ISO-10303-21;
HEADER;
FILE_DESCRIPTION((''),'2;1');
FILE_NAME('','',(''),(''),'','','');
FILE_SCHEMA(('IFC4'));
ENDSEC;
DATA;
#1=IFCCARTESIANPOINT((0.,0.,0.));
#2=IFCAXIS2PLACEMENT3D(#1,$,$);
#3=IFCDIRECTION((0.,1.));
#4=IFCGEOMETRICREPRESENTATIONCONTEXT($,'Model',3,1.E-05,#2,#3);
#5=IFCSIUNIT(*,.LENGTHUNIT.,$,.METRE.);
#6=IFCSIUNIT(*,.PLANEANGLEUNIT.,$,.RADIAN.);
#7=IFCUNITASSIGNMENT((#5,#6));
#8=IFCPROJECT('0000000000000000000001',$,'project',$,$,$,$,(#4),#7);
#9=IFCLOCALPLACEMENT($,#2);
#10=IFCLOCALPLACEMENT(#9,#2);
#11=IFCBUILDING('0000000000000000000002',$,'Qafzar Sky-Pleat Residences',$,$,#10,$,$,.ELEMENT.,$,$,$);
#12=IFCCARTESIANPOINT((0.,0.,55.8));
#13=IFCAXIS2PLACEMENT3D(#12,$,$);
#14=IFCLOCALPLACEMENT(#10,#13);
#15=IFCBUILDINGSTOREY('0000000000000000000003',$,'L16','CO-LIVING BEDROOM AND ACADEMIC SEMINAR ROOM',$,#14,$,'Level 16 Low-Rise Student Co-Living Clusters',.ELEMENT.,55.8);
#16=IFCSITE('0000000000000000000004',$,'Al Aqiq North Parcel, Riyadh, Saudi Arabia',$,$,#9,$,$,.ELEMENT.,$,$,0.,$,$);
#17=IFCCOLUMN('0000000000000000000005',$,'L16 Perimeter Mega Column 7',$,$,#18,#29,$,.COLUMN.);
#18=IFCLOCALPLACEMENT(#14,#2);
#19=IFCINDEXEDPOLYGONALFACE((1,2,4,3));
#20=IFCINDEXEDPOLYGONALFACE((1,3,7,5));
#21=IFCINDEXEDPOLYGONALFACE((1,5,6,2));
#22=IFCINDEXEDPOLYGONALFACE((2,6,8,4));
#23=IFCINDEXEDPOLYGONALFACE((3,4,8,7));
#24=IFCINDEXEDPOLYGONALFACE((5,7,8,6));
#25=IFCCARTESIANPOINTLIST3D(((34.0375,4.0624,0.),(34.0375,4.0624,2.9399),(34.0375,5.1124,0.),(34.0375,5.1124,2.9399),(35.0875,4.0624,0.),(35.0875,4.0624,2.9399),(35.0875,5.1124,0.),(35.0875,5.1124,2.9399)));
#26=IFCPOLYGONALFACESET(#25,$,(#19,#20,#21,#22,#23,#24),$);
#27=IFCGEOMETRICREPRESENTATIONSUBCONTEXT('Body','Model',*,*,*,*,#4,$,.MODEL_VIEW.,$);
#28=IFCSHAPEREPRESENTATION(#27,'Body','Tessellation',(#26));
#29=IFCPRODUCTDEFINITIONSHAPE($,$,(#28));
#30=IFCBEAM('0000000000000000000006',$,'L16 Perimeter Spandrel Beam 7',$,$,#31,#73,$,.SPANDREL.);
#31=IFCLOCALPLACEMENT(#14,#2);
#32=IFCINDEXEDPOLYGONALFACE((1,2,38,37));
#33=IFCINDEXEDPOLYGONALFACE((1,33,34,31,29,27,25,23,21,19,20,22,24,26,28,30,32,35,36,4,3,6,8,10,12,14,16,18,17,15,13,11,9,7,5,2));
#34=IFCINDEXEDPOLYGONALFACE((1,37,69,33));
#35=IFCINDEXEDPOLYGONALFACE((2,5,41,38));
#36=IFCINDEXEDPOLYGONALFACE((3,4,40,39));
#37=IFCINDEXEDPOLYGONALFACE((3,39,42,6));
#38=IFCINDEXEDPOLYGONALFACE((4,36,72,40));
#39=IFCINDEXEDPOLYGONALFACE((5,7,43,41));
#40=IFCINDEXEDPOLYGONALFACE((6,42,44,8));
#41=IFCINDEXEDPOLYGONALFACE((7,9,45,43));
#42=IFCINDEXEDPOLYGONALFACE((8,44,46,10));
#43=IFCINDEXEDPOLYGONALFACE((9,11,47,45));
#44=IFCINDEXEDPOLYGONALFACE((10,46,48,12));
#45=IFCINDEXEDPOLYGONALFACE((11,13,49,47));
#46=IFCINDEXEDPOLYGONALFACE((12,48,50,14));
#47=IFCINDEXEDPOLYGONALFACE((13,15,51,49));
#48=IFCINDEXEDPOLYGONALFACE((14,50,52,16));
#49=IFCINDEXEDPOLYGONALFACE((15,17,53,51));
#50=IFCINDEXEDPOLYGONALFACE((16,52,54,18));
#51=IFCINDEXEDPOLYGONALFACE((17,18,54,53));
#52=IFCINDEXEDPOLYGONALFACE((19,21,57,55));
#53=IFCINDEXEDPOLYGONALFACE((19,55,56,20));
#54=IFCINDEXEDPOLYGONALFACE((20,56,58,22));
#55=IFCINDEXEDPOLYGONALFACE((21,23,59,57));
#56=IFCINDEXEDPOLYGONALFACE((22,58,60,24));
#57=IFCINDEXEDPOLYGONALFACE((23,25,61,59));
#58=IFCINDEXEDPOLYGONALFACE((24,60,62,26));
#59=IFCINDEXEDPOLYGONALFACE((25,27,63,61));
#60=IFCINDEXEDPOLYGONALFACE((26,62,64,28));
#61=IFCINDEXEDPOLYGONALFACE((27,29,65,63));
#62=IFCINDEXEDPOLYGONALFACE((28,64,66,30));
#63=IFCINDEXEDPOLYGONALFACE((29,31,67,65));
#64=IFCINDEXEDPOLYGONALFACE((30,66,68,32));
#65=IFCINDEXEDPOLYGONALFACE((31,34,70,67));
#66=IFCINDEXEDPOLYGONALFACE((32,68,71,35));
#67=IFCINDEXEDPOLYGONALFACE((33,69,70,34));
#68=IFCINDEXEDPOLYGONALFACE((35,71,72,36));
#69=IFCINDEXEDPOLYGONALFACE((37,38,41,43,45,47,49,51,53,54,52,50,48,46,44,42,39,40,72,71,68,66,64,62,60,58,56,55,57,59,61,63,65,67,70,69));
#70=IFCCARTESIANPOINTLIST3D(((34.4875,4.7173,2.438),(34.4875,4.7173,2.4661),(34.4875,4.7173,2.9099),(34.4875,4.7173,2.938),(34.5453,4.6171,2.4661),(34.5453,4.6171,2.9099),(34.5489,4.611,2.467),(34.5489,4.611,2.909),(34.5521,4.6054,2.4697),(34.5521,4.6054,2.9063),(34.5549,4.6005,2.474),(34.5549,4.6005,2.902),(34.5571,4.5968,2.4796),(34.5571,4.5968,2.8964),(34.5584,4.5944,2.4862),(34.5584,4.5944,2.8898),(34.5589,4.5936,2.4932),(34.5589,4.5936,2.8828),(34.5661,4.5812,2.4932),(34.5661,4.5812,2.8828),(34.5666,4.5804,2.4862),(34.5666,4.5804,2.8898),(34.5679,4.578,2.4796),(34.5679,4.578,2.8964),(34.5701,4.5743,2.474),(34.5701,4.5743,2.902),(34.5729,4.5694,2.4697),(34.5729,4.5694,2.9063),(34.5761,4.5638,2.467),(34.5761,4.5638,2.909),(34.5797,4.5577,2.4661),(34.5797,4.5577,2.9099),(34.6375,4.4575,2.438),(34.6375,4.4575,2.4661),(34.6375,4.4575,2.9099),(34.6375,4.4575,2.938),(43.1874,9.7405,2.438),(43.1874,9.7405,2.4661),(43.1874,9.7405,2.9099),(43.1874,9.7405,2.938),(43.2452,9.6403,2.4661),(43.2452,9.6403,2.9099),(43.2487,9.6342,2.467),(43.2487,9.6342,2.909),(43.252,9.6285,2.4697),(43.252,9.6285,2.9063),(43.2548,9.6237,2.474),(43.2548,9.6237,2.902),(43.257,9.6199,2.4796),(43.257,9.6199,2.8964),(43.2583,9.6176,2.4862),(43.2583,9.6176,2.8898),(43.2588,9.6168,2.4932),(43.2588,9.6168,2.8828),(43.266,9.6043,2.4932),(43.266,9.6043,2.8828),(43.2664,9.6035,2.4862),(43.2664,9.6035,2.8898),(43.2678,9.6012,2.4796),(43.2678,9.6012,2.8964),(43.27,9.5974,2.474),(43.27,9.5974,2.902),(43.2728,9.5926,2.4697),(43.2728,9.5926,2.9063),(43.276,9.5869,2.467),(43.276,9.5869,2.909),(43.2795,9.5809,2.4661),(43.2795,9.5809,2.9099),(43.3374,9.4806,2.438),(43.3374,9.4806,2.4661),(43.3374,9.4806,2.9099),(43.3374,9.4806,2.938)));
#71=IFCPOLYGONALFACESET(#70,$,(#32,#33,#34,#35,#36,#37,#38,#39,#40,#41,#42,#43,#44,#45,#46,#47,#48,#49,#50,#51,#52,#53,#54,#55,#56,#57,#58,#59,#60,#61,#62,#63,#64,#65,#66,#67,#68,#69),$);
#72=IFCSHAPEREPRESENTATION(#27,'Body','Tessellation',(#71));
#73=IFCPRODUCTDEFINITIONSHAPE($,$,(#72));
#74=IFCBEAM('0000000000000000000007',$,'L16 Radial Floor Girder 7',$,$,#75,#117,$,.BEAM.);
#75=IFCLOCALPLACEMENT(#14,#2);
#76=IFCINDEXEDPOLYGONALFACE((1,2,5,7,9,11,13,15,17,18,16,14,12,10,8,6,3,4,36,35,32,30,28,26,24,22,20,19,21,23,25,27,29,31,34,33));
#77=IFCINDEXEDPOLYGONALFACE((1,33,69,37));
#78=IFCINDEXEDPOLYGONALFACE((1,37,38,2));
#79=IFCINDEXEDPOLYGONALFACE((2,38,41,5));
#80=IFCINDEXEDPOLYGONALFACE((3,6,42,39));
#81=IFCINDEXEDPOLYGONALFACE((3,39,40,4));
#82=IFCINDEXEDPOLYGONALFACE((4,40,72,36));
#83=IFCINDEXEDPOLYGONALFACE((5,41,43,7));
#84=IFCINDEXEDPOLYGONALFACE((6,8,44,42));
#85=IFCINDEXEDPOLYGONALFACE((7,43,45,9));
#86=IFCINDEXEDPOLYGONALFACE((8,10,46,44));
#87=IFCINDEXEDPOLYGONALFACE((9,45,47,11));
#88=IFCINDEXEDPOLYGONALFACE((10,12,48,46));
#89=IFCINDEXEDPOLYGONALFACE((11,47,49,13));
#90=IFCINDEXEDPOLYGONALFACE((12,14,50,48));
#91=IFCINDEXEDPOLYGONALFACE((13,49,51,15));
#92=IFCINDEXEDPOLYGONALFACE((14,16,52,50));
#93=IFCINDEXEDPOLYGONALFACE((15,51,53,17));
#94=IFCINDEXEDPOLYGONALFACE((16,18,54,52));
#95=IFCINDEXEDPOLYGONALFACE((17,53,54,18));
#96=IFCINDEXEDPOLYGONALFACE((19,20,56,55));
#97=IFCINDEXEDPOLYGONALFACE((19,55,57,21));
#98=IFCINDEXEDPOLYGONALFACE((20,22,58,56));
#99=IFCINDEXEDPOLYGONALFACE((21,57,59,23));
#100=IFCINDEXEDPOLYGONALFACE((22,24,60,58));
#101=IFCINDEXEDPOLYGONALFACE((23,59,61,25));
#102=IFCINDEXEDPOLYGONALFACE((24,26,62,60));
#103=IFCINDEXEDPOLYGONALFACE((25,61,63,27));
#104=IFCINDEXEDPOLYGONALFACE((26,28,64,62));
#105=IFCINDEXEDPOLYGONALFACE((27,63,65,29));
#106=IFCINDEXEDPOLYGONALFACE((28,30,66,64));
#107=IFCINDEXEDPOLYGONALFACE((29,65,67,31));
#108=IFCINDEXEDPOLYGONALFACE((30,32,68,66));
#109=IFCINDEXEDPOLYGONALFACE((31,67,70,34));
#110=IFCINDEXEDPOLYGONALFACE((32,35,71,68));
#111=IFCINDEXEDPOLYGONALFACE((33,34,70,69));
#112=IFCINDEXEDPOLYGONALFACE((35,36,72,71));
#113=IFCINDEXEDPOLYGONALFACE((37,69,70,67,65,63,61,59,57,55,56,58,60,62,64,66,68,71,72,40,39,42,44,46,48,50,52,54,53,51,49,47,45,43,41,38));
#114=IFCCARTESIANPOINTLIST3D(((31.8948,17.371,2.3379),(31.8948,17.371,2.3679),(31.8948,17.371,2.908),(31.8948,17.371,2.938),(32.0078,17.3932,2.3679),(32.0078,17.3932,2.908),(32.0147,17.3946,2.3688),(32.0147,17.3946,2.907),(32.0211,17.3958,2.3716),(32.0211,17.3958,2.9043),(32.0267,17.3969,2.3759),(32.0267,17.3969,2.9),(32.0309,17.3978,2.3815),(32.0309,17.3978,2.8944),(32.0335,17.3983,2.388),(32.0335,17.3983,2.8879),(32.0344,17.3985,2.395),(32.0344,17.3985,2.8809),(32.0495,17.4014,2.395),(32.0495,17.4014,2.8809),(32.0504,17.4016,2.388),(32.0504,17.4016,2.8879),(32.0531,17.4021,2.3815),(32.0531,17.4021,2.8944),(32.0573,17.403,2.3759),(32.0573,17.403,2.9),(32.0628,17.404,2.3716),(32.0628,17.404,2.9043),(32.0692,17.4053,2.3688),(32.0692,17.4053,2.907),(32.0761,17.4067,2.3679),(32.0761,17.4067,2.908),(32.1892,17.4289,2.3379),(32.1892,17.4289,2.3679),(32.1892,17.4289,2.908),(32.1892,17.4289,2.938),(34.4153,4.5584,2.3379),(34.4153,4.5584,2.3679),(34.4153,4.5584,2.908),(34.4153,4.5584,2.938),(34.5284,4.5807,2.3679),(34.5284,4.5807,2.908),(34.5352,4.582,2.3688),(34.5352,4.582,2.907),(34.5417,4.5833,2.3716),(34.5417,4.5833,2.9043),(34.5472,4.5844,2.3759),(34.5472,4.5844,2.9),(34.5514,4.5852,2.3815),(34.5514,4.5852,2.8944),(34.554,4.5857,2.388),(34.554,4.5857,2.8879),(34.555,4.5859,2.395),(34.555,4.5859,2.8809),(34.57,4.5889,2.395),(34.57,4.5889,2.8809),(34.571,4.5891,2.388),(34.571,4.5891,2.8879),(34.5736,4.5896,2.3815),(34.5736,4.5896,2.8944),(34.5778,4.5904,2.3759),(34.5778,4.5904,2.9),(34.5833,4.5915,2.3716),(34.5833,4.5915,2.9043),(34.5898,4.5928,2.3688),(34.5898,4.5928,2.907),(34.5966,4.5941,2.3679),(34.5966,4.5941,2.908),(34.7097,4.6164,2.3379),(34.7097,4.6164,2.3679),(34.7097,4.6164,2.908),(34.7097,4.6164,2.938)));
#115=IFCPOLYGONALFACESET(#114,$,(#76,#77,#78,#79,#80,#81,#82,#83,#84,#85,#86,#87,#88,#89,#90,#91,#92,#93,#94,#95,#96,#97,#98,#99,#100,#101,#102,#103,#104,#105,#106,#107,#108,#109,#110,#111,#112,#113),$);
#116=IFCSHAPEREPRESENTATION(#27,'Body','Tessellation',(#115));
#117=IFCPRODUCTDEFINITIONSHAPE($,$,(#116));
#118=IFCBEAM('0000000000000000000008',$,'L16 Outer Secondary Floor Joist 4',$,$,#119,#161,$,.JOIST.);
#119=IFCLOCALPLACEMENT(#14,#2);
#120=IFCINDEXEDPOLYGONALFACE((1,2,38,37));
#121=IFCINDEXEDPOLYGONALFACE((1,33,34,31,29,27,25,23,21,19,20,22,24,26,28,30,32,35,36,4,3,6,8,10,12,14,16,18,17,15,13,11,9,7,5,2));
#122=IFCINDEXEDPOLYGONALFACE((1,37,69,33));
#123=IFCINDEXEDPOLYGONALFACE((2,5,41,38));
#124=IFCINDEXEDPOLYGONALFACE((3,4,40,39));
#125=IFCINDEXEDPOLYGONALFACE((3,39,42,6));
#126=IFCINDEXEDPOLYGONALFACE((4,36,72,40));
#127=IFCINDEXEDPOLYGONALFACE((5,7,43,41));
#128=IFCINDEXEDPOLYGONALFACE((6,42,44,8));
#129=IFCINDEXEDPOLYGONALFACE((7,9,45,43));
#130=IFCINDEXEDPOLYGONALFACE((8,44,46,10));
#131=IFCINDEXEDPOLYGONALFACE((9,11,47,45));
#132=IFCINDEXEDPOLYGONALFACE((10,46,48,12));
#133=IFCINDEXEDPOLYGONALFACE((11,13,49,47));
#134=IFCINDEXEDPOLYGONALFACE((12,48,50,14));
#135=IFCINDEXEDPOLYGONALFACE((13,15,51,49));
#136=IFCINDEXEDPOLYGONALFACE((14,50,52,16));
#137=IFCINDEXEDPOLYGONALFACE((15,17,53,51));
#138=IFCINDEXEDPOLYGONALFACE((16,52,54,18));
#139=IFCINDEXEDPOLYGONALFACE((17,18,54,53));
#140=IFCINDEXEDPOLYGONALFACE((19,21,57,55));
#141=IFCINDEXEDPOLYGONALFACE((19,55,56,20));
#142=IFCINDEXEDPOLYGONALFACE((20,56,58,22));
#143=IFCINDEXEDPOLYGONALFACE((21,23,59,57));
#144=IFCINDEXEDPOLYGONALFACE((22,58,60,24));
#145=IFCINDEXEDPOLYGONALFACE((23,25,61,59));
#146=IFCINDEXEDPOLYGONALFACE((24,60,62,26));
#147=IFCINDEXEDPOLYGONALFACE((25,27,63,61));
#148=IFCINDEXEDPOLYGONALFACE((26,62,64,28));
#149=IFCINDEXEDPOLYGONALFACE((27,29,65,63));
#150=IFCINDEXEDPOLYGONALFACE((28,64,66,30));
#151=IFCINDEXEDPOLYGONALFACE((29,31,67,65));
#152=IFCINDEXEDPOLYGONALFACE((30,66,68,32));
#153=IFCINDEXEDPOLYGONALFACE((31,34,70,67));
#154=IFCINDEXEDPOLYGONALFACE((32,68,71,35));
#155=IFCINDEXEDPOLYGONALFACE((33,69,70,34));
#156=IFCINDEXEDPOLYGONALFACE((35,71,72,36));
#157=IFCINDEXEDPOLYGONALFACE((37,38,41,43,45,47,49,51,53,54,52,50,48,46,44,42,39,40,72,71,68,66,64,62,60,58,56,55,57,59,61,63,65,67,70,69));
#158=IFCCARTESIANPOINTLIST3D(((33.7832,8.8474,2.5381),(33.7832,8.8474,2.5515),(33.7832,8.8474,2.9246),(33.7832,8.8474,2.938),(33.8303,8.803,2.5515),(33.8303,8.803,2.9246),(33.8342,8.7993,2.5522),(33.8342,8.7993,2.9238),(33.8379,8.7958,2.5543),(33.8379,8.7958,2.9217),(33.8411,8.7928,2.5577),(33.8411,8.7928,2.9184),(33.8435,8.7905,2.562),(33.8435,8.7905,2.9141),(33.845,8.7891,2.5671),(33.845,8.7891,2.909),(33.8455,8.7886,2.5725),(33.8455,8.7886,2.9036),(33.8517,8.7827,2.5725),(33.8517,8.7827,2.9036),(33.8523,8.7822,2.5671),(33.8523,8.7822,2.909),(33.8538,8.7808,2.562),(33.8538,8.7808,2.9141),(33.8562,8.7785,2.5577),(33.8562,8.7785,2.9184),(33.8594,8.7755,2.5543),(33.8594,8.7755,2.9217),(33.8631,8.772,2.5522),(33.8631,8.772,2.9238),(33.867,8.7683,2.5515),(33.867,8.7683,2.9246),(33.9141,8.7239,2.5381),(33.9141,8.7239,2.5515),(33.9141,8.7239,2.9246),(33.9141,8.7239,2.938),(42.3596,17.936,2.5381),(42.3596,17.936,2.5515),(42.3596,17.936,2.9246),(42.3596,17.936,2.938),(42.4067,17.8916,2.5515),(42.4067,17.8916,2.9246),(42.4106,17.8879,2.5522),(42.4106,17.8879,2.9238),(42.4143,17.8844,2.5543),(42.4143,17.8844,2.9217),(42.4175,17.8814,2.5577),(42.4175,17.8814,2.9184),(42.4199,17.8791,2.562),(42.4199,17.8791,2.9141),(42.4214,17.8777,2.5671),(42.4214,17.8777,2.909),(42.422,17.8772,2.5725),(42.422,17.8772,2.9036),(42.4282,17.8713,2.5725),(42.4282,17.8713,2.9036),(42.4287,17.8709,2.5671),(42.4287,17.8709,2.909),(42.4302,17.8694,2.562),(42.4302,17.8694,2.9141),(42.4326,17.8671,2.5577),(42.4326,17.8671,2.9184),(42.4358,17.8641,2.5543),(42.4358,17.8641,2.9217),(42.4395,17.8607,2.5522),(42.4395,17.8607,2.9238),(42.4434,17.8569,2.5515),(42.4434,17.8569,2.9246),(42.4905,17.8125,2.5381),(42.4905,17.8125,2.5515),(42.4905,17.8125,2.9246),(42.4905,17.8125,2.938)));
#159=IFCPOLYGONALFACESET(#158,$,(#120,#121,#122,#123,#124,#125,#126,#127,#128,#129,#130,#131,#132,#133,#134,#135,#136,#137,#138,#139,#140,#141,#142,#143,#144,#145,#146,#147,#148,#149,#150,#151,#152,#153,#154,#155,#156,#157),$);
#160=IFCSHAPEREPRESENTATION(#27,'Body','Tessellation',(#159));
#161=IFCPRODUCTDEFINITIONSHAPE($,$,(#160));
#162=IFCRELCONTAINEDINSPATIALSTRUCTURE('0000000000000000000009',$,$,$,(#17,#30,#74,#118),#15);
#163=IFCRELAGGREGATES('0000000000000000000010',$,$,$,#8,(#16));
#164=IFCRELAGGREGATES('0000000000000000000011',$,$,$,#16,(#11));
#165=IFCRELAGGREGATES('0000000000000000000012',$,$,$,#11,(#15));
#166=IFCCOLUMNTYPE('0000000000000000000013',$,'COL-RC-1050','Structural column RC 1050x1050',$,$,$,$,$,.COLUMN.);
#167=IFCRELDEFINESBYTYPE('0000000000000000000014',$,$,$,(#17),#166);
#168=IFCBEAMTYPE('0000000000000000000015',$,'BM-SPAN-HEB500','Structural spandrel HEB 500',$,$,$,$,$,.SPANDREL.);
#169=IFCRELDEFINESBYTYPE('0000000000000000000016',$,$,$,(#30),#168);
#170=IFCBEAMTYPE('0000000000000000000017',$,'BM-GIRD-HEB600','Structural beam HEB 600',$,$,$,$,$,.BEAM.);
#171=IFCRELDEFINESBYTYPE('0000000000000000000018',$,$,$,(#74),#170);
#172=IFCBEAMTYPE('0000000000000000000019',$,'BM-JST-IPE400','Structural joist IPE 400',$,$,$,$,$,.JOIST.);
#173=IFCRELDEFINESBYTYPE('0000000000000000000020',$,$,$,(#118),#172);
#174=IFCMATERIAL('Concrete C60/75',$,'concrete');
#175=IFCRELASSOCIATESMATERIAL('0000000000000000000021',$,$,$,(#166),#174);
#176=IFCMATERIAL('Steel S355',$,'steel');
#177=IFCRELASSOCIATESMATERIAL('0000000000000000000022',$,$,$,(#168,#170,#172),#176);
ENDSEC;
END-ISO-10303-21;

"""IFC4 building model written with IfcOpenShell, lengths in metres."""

from ifc_helpers import new_model, si_unit, direction, frame, origin, origin_2d, place, context, subcontext, project, spatial, rectangle, i_section, extrude, source, transform, mapped, material, material_profile, profile_set, type_object, element, save


model = new_model("IFC4")

# Units and contexts
model_context = context("Model", 3, precision=1e-05, world=origin(), true_north=direction((0.0, 1.0)))
body_context = subcontext(model_context, "Body", "Model", "MODEL_VIEW")
ifc_project = project(units=[si_unit("LENGTHUNIT", "METRE"), si_unit("PLANEANGLEUNIT", "RADIAN")], contexts=[model_context])

# Site, building, storey
site_placement = place(None, origin())
site = spatial("IfcSite", under=ifc_project, at=site_placement, Name="Al Aqiq North Parcel, Riyadh, Saudi Arabia", CompositionType="ELEMENT", RefElevation=0.0)
building_placement = place(site_placement, origin())
building = spatial("IfcBuilding", under=site, at=building_placement, Name="Qafzar Sky-Pleat Residences", CompositionType="ELEMENT")
storey_placement = place(building_placement, frame((0.0, 0.0, 55.8)))
storey = spatial("IfcBuildingStorey", under=building, at=storey_placement, Name="L16", Description="CO-LIVING BEDROOM AND ACADEMIC SEMINAR ROOM", LongName="Level 16 Low-Rise Student Co-Living Clusters", CompositionType="ELEMENT", Elevation=55.8)

# Column
ifc_material_1 = material(Name="Concrete C60/75", Category="concrete")
ifc_material_profile_1 = material_profile(ifc_material_1, rectangle(XDim=1.05, YDim=1.05, at=origin_2d()), Name="RC 1050x1050")
ifc_profile_set_1 = profile_set([ifc_material_profile_1], Name="Concrete C60/75")
column_type = type_object("IfcColumnType", Name="COL-RC-1050", Description="Structural column RC 1050x1050", PredefinedType="COLUMN", material=ifc_profile_set_1)
shared_shape_1 = source(origin(), body_context, "Body", "SweptSolid", [
    extrude(rectangle(XDim=1.05, YDim=1.05, at=origin_2d()), origin(), (0.0, 0.0, 1.0), 2.9399),
])
column_placement = place(storey_placement, frame((34.5625, 4.5874, 0.0), z_axis=(0.0, 0.0, 1.0), x_axis=(1.0, 0.0, 0.0)))
element("IfcColumn", 1, at=column_placement, inside=storey, type_object=column_type, Name="L16 Perimeter Mega Column 7", PredefinedType="COLUMN", context=body_context, shape_type="MappedRepresentation", body=[
    mapped(shared_shape_1, transform((0.0, 0.0, 0.0), x_axis=(1.0, 0.0, 0.0), y_axis=(0.0, 1.0, 0.0), z_axis=(0.0, 0.0, 1.0), scale=1.0)),
])

# Beams
ifc_material_2 = material(Name="Steel S355", Category="steel")
ifc_material_profile_2 = material_profile(ifc_material_2, i_section(OverallWidth=0.3, OverallDepth=0.5, WebThickness=0.0144, FlangeThickness=0.0281, FilletRadius=0.0271, at=origin_2d()), Name="HEB 500")
ifc_profile_set_2 = profile_set([ifc_material_profile_2], Name="Steel S355")
beam_type_1 = type_object("IfcBeamType", Name="BM-SPAN-HEB500", Description="Structural spandrel HEB 500", PredefinedType="SPANDREL", material=ifc_profile_set_2)
shared_shape_2 = source(origin(), body_context, "Body", "SweptSolid", [
    extrude(i_section(OverallWidth=0.3, OverallDepth=0.5, WebThickness=0.0144, FlangeThickness=0.0281, FilletRadius=0.0271, at=origin_2d()), origin(), (0.0, 0.0, 1.0), 10.0459),
])
beam_1_placement = place(storey_placement, frame((34.5625, 4.5874, 2.688), z_axis=(0.866014, 0.50002, 0.0), x_axis=(-0.50002, 0.866014, 0.0)))
element("IfcBeam", 2, at=beam_1_placement, inside=storey, type_object=beam_type_1, Name="L16 Perimeter Spandrel Beam 7", PredefinedType="SPANDREL", context=body_context, shape_type="MappedRepresentation", body=[
    mapped(shared_shape_2, transform((0.0, 0.0, 0.0), x_axis=(1.0, 0.0, 0.0), y_axis=(0.0, 1.0, 0.0), z_axis=(0.0, 0.0, 1.0), scale=1.0)),
])
ifc_material_profile_3 = material_profile(ifc_material_2, i_section(OverallWidth=0.3, OverallDepth=0.6001, WebThickness=0.0154, FlangeThickness=0.03, FilletRadius=0.0271, at=origin_2d()), Name="HEB 600")
ifc_profile_set_3 = profile_set([ifc_material_profile_3], Name="Steel S355")
beam_type_2 = type_object("IfcBeamType", Name="BM-GIRD-HEB600", Description="Structural beam HEB 600", PredefinedType="BEAM", material=ifc_profile_set_3)
shared_shape_3 = source(origin(), body_context, "Body", "SweptSolid", [
    extrude(i_section(OverallWidth=0.3, OverallDepth=0.6001, WebThickness=0.0154, FlangeThickness=0.03, FilletRadius=0.0271, at=origin_2d()), origin(), (0.0, 0.0, 1.0), 13.0581),
])
beam_2_placement = place(storey_placement, frame((34.5625, 4.5874, 2.6379), z_axis=(-0.193023, 0.981194, 0.0), x_axis=(-0.981194, -0.193023, 0.0)))
element("IfcBeam", 3, at=beam_2_placement, inside=storey, type_object=beam_type_2, Name="L16 Radial Floor Girder 7", PredefinedType="BEAM", context=body_context, shape_type="MappedRepresentation", body=[
    mapped(shared_shape_3, transform((0.0, 0.0, 0.0), x_axis=(1.0, 0.0, 0.0), y_axis=(0.0, 1.0, 0.0), z_axis=(0.0, 0.0, 1.0), scale=1.0)),
])
ifc_material_profile_4 = material_profile(ifc_material_2, i_section(OverallWidth=0.1799, OverallDepth=0.3999, WebThickness=0.0085, FlangeThickness=0.0134, FilletRadius=0.021, at=origin_2d()), Name="IPE 400")
ifc_profile_set_4 = profile_set([ifc_material_profile_4], Name="Steel S355")
beam_type_3 = type_object("IfcBeamType", Name="BM-JST-IPE400", Description="Structural joist IPE 400", PredefinedType="JOIST", material=ifc_profile_set_4)
shared_shape_4 = source(origin(), body_context, "Body", "SweptSolid", [
    extrude(i_section(OverallWidth=0.1799, OverallDepth=0.3999, WebThickness=0.0085, FlangeThickness=0.0134, FilletRadius=0.021, at=origin_2d()), origin(), (0.0, 0.0, 1.0), 12.4963),
])
beam_3_placement = place(storey_placement, frame((33.8486, 8.7856, 2.738), z_axis=(0.686315, 0.727304, 0.0), x_axis=(-0.727304, 0.686315, 0.0)))
element("IfcBeam", 4, at=beam_3_placement, inside=storey, type_object=beam_type_3, Name="L16 Outer Secondary Floor Joist 4", PredefinedType="JOIST", context=body_context, shape_type="MappedRepresentation", body=[
    mapped(shared_shape_4, transform((0.0, 0.0, 0.0), x_axis=(1.0, 0.0, 0.0), y_axis=(0.0, 1.0, 0.0), z_axis=(0.0, 0.0, 1.0), scale=1.0)),
])

save(model, "model.ifc")
